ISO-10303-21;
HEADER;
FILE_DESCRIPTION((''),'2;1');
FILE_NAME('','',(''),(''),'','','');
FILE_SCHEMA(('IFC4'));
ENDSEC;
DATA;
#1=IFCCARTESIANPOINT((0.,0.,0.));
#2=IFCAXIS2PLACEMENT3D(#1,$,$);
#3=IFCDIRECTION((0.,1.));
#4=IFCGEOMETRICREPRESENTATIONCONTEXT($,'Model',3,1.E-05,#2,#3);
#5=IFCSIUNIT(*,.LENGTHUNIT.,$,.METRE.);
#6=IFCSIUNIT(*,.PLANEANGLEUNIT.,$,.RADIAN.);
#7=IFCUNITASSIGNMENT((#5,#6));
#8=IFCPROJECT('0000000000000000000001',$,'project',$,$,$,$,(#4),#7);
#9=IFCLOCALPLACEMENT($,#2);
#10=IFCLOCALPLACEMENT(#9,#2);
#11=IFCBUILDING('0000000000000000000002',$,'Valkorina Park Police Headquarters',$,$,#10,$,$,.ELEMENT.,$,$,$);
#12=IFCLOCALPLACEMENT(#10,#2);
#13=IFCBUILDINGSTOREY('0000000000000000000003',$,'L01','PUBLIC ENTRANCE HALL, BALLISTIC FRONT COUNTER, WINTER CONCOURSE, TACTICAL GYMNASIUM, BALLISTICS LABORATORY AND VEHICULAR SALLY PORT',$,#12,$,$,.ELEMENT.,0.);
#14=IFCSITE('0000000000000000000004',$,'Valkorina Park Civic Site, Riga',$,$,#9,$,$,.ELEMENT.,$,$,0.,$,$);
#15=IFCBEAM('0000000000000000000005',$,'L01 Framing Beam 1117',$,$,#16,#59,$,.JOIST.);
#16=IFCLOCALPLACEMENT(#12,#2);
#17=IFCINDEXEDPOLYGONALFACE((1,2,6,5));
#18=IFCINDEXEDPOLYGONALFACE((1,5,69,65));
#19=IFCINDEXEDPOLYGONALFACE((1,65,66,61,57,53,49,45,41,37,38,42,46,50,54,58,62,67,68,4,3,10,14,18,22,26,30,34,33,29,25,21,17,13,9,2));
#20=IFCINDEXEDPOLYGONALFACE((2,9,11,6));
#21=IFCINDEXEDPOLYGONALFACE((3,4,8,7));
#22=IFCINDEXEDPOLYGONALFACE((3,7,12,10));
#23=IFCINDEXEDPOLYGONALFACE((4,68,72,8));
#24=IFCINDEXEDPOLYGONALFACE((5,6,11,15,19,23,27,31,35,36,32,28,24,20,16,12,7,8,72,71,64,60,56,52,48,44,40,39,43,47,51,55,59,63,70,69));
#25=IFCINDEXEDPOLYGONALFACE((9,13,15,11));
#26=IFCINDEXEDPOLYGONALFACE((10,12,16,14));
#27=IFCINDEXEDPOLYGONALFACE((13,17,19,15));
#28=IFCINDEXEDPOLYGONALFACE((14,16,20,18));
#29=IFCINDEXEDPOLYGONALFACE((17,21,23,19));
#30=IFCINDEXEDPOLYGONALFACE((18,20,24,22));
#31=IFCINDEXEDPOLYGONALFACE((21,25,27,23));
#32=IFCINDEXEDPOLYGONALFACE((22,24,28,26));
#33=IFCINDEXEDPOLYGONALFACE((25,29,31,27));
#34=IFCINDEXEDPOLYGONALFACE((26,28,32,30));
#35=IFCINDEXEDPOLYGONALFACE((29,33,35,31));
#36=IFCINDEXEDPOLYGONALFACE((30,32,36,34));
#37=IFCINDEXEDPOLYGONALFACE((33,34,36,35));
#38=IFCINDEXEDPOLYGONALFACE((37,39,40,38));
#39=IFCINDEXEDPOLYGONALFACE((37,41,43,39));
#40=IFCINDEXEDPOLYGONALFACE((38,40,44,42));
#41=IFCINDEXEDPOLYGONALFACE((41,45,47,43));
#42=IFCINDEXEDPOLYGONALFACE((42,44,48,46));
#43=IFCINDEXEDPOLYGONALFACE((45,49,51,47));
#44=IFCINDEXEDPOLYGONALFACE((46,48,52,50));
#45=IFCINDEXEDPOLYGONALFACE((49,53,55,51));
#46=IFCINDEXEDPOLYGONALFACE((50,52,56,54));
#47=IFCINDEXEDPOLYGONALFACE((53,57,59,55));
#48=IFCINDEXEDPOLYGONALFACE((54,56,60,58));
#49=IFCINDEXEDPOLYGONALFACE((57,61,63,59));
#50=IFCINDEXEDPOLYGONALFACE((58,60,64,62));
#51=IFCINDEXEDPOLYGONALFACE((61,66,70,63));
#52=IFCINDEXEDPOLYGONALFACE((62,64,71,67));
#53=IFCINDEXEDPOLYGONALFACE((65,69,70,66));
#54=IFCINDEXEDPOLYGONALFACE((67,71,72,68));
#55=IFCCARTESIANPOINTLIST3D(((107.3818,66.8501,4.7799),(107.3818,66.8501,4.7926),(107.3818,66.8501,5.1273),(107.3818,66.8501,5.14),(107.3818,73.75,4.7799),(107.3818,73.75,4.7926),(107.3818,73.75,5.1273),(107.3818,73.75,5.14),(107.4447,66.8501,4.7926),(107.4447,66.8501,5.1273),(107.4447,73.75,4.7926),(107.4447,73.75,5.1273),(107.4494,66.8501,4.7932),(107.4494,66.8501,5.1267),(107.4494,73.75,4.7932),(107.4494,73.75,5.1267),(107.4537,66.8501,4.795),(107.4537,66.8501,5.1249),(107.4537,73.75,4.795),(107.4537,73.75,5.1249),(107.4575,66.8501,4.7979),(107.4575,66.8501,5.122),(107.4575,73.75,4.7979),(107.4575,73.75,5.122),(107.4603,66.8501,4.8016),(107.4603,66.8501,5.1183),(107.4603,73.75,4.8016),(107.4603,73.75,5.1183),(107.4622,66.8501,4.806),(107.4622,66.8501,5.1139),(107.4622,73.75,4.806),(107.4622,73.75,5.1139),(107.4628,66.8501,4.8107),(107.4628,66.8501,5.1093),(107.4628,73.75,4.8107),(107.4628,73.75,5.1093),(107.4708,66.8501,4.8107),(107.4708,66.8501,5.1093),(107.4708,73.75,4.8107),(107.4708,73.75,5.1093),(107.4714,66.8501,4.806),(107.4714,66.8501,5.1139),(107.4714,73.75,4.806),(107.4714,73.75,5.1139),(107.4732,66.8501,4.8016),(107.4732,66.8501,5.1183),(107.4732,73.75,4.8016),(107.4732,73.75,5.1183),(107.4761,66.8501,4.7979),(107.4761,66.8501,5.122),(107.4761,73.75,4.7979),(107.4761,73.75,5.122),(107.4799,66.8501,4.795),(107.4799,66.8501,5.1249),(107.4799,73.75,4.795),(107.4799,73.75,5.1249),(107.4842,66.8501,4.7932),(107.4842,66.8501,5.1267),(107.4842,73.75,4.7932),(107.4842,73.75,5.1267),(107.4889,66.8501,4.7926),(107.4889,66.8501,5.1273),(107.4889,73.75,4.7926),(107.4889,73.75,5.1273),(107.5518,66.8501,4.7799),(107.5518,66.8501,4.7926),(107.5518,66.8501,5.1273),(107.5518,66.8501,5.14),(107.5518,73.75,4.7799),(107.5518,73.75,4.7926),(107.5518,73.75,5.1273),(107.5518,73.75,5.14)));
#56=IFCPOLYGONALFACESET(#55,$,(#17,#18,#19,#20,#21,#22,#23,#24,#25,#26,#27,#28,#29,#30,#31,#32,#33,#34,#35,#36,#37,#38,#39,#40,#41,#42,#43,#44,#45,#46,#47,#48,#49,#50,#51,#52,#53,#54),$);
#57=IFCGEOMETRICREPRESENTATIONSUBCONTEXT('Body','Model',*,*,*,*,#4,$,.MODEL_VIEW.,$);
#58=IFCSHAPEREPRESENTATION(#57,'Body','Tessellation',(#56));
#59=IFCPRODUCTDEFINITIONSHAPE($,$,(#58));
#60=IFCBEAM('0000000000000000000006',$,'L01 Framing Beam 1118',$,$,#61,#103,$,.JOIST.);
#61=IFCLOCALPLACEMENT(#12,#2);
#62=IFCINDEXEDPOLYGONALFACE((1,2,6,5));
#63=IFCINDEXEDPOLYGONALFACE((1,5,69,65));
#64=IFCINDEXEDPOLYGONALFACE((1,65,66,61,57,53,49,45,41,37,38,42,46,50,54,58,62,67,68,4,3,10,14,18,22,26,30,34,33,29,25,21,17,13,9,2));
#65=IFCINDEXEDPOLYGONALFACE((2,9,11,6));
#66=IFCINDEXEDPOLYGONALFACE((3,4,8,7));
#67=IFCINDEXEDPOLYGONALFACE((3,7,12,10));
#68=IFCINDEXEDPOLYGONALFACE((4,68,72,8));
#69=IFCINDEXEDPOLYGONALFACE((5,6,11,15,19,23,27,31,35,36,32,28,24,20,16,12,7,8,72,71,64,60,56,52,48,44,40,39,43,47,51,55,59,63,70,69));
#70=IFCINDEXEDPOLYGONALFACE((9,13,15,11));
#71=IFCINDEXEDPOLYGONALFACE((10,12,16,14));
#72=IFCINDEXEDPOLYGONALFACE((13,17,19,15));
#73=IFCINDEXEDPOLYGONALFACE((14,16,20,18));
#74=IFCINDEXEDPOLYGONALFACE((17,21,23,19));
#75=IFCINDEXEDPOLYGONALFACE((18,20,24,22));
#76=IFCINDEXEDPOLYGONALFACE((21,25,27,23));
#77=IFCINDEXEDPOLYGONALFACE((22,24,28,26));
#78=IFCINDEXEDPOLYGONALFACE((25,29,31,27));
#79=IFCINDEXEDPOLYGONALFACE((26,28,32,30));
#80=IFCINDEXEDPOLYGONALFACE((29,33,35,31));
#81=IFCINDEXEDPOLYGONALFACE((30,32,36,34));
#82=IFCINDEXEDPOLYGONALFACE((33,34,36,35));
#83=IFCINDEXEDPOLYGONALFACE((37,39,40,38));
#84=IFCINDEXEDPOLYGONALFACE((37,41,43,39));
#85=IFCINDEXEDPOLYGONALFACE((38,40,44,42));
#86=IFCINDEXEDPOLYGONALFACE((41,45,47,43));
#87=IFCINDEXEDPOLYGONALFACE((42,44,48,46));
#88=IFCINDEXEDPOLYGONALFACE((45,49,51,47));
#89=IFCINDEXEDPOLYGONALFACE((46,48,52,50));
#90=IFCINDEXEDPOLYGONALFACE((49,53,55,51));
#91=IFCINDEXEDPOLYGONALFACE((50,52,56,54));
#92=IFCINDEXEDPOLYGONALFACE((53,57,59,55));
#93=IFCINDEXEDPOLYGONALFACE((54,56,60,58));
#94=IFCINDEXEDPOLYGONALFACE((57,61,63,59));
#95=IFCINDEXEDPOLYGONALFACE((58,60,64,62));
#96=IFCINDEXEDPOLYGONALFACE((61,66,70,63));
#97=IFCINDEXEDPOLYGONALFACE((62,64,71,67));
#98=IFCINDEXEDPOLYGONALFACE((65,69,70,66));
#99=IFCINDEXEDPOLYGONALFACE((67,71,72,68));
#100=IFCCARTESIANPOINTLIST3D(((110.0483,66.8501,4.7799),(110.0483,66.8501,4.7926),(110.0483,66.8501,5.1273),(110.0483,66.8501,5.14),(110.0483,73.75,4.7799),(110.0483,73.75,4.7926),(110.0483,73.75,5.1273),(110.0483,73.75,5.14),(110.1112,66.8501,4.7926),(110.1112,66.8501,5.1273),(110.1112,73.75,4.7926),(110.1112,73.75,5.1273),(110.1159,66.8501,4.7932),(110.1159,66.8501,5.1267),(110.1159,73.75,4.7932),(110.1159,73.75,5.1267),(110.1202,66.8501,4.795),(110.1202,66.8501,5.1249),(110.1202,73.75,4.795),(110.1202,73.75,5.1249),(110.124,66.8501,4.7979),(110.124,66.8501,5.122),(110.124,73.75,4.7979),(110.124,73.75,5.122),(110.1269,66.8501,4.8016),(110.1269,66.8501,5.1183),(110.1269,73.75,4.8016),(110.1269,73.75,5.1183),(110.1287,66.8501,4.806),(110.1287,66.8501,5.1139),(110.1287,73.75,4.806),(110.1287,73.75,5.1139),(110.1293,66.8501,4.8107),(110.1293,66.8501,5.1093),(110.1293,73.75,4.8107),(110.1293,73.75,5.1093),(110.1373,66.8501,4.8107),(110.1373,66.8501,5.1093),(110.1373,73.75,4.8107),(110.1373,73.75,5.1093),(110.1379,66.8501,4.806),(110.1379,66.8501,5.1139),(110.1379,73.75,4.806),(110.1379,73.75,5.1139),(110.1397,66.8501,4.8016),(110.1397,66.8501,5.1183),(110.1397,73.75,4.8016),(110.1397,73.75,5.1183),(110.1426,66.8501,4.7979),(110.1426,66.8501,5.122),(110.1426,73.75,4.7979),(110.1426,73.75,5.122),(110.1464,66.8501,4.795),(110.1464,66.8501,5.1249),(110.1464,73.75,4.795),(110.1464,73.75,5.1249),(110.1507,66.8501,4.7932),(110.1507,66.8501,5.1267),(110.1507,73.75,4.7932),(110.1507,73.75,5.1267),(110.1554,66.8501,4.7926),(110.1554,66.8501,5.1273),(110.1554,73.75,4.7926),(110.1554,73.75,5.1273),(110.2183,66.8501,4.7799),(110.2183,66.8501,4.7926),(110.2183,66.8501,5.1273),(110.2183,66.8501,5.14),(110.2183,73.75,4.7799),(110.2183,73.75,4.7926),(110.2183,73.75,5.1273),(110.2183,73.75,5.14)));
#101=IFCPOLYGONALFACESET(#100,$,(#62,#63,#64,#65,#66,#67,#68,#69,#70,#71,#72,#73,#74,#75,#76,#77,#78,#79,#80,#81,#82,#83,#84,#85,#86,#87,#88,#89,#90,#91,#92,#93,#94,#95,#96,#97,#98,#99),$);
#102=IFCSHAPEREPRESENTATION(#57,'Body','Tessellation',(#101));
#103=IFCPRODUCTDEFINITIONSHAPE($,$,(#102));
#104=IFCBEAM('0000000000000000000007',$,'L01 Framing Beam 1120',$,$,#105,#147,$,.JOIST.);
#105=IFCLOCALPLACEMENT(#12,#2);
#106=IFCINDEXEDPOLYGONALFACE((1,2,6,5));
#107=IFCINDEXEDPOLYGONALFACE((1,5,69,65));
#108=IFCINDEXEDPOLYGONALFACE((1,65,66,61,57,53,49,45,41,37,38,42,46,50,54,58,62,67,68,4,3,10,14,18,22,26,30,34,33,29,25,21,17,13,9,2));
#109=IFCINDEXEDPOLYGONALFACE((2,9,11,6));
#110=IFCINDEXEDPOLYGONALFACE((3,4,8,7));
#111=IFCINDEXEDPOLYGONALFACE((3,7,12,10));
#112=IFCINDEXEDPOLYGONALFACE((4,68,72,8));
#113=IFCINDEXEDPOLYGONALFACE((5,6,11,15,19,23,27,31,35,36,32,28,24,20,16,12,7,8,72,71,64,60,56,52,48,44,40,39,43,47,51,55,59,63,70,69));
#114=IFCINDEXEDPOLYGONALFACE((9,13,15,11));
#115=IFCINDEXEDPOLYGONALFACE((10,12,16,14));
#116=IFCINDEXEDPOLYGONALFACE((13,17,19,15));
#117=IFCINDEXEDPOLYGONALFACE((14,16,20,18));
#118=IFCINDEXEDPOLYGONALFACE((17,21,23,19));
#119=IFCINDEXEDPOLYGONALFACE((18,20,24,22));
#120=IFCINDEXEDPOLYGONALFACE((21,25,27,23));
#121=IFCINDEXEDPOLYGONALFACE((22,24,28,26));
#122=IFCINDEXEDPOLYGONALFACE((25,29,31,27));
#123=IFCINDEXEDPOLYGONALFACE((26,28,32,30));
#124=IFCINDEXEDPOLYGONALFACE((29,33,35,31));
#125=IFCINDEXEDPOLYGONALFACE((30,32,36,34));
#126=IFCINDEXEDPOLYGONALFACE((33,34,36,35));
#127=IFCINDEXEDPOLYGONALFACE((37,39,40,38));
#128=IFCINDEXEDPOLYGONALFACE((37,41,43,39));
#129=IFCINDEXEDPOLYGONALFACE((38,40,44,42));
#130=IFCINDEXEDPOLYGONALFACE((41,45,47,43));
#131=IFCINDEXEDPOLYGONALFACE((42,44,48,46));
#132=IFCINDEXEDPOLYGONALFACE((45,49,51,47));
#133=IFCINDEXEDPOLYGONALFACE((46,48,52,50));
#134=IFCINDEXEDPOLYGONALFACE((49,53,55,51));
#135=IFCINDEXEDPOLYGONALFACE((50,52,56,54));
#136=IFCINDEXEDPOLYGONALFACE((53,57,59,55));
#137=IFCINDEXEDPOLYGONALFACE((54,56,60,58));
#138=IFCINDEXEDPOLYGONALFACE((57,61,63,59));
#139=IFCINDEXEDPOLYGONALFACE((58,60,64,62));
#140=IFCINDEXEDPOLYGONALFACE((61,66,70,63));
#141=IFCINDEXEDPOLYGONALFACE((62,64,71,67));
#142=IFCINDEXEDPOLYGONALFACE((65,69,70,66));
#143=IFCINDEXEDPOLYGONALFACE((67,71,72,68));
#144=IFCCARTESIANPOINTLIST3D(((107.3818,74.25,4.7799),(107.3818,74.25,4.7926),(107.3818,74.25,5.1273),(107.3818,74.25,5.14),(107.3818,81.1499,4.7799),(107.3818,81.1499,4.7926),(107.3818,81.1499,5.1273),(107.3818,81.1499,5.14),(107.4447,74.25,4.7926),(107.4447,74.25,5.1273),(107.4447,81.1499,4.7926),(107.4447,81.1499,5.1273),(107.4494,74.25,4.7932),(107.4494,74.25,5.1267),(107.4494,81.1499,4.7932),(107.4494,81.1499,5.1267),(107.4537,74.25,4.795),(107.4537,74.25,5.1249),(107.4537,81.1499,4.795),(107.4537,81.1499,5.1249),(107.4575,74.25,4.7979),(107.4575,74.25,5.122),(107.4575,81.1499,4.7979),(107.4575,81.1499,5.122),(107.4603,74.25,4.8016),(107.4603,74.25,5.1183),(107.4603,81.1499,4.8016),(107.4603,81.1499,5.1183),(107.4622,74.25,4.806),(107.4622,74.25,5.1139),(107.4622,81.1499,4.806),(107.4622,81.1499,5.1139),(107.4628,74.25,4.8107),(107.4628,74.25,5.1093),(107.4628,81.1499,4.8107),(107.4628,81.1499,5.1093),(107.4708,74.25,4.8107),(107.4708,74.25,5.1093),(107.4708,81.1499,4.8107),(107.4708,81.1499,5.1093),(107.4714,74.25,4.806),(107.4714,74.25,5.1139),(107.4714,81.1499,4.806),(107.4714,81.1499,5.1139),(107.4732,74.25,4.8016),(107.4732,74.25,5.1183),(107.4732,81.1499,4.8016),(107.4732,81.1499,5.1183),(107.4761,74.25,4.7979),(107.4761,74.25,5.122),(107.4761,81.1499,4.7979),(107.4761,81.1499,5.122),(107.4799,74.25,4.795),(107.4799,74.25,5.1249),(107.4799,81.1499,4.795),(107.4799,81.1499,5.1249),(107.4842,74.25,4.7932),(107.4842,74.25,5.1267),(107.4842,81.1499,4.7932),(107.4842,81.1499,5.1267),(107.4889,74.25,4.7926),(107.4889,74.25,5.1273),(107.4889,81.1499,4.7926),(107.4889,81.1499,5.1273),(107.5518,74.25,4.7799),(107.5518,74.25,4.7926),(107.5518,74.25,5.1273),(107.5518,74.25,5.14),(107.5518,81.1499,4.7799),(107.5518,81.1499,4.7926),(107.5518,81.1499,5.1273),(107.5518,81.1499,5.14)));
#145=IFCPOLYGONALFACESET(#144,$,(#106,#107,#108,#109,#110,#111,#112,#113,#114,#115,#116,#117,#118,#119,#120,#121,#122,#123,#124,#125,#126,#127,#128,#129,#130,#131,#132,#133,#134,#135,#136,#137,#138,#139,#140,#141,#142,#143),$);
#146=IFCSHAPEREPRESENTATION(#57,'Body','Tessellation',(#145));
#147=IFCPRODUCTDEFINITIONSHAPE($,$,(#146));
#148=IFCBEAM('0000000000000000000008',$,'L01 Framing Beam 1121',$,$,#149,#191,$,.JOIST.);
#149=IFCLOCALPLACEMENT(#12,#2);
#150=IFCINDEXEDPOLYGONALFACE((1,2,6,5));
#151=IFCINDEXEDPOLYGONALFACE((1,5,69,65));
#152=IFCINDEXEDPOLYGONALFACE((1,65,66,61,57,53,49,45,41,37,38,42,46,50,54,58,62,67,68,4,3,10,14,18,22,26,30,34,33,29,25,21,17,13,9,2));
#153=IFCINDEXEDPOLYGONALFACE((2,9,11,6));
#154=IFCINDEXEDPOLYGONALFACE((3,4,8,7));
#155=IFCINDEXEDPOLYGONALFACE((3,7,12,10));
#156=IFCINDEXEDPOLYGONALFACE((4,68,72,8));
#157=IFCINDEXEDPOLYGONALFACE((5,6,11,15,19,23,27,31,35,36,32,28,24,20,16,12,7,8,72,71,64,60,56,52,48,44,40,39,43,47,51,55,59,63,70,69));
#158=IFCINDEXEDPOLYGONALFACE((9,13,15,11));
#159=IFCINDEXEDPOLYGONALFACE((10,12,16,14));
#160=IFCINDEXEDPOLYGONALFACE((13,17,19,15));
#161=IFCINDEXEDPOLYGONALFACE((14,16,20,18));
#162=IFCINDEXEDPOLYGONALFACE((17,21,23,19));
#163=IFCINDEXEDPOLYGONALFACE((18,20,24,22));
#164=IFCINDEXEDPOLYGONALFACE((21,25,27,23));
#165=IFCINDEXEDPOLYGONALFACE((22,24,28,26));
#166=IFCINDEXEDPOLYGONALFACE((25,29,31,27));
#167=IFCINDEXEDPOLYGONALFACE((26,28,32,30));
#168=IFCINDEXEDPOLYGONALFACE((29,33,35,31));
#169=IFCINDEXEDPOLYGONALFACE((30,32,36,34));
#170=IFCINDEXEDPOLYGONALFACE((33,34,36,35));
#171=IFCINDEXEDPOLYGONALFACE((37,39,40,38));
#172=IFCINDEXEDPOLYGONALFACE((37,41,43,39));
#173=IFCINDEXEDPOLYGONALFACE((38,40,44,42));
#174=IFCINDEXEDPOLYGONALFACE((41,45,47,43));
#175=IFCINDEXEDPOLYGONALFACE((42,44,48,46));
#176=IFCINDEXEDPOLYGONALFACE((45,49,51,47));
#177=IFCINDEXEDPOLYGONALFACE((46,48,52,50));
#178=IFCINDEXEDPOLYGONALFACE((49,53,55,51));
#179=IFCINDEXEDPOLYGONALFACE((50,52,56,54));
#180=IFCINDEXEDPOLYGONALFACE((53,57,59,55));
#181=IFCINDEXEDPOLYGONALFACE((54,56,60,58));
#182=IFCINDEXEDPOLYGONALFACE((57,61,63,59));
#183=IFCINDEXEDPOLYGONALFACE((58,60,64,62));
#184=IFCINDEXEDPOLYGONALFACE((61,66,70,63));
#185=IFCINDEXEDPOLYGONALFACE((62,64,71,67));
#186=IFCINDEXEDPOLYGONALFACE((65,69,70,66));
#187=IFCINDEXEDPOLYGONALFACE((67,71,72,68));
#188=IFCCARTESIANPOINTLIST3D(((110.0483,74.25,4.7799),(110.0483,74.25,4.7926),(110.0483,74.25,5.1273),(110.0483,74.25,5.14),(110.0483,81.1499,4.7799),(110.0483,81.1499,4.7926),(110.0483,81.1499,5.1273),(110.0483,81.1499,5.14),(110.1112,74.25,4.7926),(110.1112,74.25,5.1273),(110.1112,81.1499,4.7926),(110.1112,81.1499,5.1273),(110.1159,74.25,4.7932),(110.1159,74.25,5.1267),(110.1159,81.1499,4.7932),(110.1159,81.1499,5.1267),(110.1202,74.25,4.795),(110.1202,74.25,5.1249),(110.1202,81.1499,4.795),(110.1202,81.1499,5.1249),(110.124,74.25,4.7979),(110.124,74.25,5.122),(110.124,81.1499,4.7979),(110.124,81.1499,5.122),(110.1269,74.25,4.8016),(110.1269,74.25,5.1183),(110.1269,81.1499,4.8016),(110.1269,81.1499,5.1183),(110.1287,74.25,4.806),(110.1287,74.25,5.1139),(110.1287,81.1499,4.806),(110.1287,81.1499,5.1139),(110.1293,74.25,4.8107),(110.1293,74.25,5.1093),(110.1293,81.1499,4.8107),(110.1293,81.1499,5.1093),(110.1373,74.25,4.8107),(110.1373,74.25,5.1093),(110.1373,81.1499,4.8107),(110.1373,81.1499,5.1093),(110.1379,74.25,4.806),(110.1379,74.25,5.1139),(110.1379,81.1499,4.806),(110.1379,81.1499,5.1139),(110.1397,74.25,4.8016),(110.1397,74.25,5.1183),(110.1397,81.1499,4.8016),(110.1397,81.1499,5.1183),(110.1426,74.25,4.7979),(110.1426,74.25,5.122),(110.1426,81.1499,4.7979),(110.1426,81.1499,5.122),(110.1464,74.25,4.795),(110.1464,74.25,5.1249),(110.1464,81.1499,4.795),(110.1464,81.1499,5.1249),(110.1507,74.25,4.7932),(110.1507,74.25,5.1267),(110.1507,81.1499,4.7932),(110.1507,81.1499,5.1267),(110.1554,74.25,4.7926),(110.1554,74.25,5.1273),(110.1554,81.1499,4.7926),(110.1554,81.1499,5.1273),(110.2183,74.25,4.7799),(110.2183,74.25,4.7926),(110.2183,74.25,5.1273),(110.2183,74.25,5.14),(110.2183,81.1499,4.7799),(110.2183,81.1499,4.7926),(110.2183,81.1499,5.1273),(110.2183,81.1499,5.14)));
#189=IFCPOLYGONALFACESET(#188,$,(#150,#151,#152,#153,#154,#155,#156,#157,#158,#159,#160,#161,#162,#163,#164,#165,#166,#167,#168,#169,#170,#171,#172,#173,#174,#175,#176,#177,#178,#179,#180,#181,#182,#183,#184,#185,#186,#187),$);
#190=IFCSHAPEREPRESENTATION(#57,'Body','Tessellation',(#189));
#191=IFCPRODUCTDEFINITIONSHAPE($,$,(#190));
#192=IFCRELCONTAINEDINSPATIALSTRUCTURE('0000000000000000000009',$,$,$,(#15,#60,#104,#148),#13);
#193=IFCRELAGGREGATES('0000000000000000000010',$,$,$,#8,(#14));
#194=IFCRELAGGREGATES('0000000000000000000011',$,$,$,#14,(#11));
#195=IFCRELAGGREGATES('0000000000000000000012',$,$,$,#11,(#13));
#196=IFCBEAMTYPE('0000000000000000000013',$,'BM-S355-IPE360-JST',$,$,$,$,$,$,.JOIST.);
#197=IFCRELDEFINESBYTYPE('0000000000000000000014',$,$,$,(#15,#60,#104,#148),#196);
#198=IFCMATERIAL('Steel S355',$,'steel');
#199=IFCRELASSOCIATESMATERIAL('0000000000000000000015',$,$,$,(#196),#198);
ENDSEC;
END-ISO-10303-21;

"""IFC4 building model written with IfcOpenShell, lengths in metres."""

from ifc_helpers import new_model, si_unit, direction, frame, origin, origin_2d, place, context, subcontext, project, spatial, i_section, extrude, material, material_profile, profile_set, type_object, element, save


model = new_model("IFC4")

# Units and contexts
model_context = context("Model", 3, precision=1e-05, world=origin(), true_north=direction((0.0, 1.0)))
body_context = subcontext(model_context, "Body", "Model", "MODEL_VIEW")
ifc_project = project(units=[si_unit("LENGTHUNIT", "METRE"), si_unit("PLANEANGLEUNIT", "RADIAN")], contexts=[model_context])

# Site, building, storey
site_placement = place(None, origin())
site = spatial("IfcSite", under=ifc_project, at=site_placement, Name="Valkorina Park Civic Site, Riga", CompositionType="ELEMENT", RefElevation=0.0)
building_placement = place(site_placement, origin())
building = spatial("IfcBuilding", under=site, at=building_placement, Name="Valkorina Park Police Headquarters", CompositionType="ELEMENT")
storey_placement = place(building_placement, origin())
storey = spatial("IfcBuildingStorey", under=building, at=storey_placement, Name="L01", Description="PUBLIC ENTRANCE HALL, BALLISTIC FRONT COUNTER, WINTER CONCOURSE, TACTICAL GYMNASIUM, BALLISTICS LABORATORY AND VEHICULAR SALLY PORT", CompositionType="ELEMENT", Elevation=0.0)

# Beams
ifc_material_1 = material(Name="Steel S355", Category="steel")
ifc_material_profile_1 = material_profile(ifc_material_1, i_section(OverallWidth=0.1699, OverallDepth=0.3601, WebThickness=0.0081, FlangeThickness=0.0127, FilletRadius=0.0181, at=origin_2d()), Name="IPE 360")
ifc_profile_set_1 = profile_set([ifc_material_profile_1], Name="Steel S355")
beam_type_1 = type_object("IfcBeamType", Name="BM-S355-IPE360-JST", PredefinedType="JOIST", material=ifc_profile_set_1)
for number, where, z_axis, x_axis, name in (
    (1, (107.4668, 66.8501, 4.96), (0.0, 1.0, 0.0), (-1.0, 0.0, 0.0), "L01 Framing Beam 1117"),
    (2, (110.1333, 66.8501, 4.96), (0.0, 1.0, 0.0), (-1.0, 0.0, 0.0), "L01 Framing Beam 1118"),
    (3, (107.4668, 74.25, 4.96), (0.0, 1.0, 0.0), (-1.0, 0.0, 0.0), "L01 Framing Beam 1120"),
    (4, (110.1333, 74.25, 4.96), (0.0, 1.0, 0.0), (-1.0, 0.0, 0.0), "L01 Framing Beam 1121"),
):
    element("IfcBeam", number, at=place(storey_placement, frame(where, z_axis=z_axis, x_axis=x_axis)), inside=storey, type_object=beam_type_1, Name=name, PredefinedType="JOIST", context=body_context, shape_type="SweptSolid", body=[
        extrude(i_section(OverallWidth=0.1699, OverallDepth=0.3601, WebThickness=0.0081, FlangeThickness=0.0127, FilletRadius=0.0181, at=origin_2d()), origin(), (0.0, 0.0, 1.0), 6.8999),
    ])

save(model, "model.ifc")
